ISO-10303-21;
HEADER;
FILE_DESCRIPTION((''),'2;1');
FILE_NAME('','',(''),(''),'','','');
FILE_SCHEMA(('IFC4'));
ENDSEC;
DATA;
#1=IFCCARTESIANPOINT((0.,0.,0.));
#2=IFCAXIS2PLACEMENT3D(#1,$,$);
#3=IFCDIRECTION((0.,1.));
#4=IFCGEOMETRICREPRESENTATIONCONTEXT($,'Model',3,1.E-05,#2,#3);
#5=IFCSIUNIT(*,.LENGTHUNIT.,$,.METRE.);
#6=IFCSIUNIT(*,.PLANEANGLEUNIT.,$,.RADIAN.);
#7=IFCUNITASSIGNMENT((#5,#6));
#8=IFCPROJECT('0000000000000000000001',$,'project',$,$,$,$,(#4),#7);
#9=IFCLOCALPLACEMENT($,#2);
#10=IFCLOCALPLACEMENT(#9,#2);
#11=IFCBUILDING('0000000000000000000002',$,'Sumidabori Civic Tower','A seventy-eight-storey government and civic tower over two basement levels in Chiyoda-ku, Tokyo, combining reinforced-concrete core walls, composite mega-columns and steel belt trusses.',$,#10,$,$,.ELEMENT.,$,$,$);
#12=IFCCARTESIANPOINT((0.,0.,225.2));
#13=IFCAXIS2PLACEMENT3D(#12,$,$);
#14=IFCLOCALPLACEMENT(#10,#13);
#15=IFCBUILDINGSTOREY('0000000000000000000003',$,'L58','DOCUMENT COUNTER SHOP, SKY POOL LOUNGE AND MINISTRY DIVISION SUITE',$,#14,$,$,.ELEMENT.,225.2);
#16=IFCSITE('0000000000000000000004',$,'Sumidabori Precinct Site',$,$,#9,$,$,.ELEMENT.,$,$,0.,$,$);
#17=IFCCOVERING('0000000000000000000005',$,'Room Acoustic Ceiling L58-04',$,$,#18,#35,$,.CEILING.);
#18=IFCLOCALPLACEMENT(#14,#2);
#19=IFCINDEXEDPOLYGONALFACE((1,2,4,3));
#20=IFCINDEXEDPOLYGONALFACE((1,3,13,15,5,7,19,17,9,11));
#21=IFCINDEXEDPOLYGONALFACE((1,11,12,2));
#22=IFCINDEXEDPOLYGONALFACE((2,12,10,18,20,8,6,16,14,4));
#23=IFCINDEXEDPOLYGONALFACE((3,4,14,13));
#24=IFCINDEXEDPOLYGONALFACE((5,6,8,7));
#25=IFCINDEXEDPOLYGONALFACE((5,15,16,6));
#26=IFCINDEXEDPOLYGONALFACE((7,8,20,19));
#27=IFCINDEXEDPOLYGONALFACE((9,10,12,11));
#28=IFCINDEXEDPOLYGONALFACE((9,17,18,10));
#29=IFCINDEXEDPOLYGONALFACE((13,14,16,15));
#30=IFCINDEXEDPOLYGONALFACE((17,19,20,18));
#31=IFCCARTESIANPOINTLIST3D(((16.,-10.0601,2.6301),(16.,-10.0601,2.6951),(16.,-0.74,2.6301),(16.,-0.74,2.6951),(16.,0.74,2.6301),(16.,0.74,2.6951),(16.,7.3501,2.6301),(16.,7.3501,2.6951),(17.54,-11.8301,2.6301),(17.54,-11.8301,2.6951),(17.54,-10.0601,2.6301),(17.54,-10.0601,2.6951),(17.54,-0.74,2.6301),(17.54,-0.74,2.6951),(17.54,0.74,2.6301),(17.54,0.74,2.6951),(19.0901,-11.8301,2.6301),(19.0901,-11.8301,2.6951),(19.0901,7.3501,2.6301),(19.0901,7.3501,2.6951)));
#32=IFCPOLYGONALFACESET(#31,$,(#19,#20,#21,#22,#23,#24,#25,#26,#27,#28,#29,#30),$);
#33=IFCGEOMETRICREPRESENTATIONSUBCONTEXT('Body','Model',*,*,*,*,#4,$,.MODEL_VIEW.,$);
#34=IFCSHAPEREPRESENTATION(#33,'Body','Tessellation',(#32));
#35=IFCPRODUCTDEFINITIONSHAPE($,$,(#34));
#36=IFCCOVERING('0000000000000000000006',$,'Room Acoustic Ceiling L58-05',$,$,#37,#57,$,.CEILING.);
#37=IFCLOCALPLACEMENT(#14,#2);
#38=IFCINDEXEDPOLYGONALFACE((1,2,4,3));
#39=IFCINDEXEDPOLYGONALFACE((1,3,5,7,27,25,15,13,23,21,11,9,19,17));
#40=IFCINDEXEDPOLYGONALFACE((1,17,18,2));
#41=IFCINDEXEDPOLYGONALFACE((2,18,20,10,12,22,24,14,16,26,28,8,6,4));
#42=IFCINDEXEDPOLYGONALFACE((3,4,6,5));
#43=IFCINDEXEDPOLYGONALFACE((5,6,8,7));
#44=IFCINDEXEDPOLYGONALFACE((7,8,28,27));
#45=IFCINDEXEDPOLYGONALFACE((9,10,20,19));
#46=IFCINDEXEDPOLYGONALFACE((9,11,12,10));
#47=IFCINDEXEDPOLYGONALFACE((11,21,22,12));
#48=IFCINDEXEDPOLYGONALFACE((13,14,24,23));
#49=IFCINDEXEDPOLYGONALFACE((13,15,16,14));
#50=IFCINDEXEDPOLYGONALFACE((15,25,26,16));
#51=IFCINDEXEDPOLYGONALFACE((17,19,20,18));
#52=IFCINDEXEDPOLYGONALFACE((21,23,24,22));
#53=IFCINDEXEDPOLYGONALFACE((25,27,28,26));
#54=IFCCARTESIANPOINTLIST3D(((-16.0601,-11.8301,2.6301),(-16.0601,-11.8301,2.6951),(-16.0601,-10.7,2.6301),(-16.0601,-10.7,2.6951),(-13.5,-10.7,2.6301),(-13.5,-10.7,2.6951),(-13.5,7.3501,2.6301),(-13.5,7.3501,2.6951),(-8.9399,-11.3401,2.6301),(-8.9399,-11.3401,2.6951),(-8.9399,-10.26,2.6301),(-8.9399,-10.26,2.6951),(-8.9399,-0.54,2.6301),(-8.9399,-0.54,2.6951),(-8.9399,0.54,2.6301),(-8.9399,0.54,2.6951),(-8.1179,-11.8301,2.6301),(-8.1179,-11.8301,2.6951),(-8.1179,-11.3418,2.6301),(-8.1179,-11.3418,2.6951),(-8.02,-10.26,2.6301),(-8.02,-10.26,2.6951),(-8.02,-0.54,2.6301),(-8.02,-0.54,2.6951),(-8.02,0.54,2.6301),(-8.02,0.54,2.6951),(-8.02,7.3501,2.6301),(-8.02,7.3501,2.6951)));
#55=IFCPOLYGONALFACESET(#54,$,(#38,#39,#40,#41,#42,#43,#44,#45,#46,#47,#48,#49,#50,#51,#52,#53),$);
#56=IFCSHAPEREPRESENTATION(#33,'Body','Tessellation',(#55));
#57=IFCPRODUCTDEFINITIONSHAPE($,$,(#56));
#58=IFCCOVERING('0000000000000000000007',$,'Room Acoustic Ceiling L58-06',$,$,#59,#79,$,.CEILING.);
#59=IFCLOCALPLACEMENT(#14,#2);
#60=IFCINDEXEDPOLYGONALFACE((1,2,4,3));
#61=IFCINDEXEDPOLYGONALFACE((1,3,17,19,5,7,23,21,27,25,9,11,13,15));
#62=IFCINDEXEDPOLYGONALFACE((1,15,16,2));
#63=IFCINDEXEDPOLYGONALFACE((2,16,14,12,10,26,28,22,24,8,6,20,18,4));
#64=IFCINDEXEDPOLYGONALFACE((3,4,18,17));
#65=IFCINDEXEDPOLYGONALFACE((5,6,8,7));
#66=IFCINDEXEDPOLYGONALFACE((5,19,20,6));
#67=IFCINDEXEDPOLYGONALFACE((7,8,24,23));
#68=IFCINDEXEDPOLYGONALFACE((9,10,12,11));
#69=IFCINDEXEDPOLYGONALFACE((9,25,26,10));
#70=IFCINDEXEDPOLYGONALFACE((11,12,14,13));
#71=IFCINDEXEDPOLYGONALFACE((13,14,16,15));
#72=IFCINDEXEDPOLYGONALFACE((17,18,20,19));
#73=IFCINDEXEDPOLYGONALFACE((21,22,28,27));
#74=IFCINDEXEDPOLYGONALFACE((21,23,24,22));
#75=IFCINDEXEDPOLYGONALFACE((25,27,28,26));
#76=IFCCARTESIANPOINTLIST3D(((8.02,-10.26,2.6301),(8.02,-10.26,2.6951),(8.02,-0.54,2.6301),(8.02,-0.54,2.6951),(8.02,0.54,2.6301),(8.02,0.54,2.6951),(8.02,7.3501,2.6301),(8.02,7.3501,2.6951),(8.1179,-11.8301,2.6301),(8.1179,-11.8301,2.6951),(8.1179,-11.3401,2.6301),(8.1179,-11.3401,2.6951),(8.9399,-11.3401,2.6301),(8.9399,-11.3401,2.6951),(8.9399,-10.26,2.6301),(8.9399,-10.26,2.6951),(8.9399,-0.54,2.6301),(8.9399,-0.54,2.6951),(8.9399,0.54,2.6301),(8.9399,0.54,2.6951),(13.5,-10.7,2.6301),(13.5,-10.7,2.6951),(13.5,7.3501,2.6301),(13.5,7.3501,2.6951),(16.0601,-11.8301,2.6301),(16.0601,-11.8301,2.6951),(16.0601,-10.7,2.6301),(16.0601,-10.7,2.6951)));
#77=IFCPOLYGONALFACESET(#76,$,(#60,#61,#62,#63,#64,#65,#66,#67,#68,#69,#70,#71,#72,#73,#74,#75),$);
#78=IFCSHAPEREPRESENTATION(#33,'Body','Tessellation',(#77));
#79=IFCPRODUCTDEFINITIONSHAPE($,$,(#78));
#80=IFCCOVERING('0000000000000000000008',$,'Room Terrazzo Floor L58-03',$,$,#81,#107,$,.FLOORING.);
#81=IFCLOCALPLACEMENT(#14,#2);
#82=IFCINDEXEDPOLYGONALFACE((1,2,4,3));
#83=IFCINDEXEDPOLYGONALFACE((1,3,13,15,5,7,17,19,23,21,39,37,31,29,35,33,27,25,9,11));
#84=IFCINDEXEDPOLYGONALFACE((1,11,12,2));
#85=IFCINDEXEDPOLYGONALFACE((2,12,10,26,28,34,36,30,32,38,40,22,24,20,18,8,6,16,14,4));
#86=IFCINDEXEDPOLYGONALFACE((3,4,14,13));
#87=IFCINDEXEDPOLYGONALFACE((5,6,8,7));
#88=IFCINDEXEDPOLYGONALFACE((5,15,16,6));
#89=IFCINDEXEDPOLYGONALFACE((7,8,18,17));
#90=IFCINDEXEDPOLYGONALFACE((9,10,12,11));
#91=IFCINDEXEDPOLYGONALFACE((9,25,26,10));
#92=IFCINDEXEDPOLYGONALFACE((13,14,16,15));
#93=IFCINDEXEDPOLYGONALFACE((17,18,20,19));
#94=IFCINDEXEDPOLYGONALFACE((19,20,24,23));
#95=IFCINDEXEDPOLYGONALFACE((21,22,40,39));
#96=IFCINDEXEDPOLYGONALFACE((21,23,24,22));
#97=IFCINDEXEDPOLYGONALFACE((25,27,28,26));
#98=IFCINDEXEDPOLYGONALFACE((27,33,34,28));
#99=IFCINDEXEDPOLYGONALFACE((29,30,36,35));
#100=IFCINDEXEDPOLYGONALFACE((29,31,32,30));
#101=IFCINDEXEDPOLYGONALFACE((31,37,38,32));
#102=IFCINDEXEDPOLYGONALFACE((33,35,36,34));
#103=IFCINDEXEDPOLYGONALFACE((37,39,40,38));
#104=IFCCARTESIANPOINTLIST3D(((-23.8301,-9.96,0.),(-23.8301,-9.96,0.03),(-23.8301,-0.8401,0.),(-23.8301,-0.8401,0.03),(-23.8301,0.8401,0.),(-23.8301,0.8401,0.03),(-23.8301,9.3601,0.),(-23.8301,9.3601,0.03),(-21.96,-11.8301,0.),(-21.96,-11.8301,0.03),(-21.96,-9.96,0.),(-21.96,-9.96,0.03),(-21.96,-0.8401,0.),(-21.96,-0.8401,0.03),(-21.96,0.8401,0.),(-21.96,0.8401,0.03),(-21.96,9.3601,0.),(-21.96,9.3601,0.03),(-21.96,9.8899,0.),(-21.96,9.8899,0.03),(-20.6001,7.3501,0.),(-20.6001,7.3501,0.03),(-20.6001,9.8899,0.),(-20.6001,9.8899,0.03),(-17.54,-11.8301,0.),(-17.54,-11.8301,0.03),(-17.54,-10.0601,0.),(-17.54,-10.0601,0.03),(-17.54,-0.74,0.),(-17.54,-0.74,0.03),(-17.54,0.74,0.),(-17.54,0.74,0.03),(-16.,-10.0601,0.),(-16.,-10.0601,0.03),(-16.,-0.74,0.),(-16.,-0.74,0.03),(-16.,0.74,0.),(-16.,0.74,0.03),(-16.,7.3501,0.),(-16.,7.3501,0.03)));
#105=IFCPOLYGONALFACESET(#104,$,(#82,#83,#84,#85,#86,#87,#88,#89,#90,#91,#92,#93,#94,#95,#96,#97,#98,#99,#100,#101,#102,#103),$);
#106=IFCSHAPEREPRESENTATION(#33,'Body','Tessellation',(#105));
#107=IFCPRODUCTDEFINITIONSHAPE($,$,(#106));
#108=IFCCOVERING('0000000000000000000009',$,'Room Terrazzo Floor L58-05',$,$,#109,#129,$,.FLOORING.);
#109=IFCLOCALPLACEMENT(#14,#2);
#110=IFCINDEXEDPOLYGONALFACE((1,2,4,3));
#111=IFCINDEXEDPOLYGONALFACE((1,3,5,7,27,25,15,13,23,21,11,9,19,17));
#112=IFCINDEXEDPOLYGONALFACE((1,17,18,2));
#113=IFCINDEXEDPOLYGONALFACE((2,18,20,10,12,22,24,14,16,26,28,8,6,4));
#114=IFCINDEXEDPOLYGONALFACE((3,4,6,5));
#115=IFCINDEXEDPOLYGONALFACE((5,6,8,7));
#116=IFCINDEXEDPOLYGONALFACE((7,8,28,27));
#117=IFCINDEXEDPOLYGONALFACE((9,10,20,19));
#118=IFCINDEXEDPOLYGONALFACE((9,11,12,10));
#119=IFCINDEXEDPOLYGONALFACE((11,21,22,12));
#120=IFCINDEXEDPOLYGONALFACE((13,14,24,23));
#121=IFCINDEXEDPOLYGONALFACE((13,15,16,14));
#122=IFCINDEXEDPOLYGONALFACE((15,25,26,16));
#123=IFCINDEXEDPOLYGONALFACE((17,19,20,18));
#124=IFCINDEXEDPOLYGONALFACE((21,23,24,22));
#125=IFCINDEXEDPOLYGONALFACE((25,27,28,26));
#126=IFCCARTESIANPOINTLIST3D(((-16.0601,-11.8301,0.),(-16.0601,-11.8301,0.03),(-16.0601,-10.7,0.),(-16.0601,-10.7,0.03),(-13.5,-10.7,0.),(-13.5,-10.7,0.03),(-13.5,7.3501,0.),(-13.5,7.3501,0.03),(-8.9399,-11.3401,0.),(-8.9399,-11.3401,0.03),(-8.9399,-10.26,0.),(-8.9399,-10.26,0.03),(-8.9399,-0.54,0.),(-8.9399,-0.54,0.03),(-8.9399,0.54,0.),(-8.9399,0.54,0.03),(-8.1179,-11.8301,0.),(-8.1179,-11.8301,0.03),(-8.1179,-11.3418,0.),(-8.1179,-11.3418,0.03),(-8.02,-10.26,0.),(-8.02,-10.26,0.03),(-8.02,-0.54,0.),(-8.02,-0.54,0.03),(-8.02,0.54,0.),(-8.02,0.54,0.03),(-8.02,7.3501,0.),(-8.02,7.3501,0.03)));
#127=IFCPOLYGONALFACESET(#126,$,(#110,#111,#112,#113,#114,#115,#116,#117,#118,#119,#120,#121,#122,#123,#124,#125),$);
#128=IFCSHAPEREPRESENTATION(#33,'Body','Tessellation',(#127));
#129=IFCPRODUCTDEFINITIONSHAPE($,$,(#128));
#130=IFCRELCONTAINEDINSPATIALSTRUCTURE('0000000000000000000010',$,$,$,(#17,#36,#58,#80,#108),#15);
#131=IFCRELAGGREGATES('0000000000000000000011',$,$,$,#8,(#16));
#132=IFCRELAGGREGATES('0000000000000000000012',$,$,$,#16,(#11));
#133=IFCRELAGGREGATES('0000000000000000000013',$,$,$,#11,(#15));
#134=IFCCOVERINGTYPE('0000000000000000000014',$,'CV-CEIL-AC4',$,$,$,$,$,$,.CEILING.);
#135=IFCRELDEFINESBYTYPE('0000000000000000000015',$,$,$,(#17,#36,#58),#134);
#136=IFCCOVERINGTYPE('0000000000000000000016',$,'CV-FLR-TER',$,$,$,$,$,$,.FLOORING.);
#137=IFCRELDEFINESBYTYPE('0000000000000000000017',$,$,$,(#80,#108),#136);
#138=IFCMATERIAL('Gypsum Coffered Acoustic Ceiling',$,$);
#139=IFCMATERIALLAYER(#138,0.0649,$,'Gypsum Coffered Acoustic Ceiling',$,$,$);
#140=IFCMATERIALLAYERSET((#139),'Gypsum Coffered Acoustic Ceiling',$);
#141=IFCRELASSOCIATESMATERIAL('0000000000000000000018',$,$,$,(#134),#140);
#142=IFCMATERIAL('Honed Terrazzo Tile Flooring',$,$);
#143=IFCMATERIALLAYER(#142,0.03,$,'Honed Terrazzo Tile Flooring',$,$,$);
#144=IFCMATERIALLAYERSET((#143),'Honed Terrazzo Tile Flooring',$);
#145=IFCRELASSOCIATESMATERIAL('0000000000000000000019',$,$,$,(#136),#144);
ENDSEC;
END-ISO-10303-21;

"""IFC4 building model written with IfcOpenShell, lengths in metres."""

from ifc_helpers import new_model, si_unit, direction, frame, origin, place, context, subcontext, project, spatial, polyline, outline, extrude, material, layer, layer_set, type_object, element, save


model = new_model("IFC4")

# Units and contexts
model_context = context("Model", 3, precision=1e-05, world=origin(), true_north=direction((0.0, 1.0)))
body_context = subcontext(model_context, "Body", "Model", "MODEL_VIEW")
ifc_project = project(units=[si_unit("LENGTHUNIT", "METRE"), si_unit("PLANEANGLEUNIT", "RADIAN")], contexts=[model_context])

# Site, building, storey
site_placement = place(None, origin())
site = spatial("IfcSite", under=ifc_project, at=site_placement, Name="Sumidabori Precinct Site", CompositionType="ELEMENT", RefElevation=0.0)
building_placement = place(site_placement, origin())
building = spatial("IfcBuilding", under=site, at=building_placement, Name="Sumidabori Civic Tower", Description="A seventy-eight-storey government and civic tower over two basement levels in Chiyoda-ku, Tokyo, combining reinforced-concrete core walls, composite mega-columns and steel belt trusses.", CompositionType="ELEMENT")
storey_placement = place(building_placement, frame((0.0, 0.0, 225.2)))
storey = spatial("IfcBuildingStorey", under=building, at=storey_placement, Name="L58", Description="DOCUMENT COUNTER SHOP, SKY POOL LOUNGE AND MINISTRY DIVISION SUITE", CompositionType="ELEMENT", Elevation=225.2)

# Coverings
ifc_material_1 = material(Name="Gypsum Coffered Acoustic Ceiling")
ifc_layer_1 = layer(ifc_material_1, 0.0649, Name="Gypsum Coffered Acoustic Ceiling")
ifc_layer_set_1 = layer_set([ifc_layer_1], Name="Gypsum Coffered Acoustic Ceiling")
covering_type_1 = type_object("IfcCoveringType", Name="CV-CEIL-AC4", PredefinedType="CEILING", material=ifc_layer_set_1)
covering_1_placement = place(storey_placement, frame((0.0, 0.0, 2.6301)))
element("IfcCovering", 1, at=covering_1_placement, inside=storey, type_object=covering_type_1, Name="Room Acoustic Ceiling L58-04", PredefinedType="CEILING", context=body_context, shape_type="SweptSolid", body=[
    extrude(outline(polyline([(17.54, -10.0601), (16.0, -10.0601), (16.0, -0.74), (17.54, -0.74), (17.54, 0.74), (16.0, 0.74), (16.0, 7.3501), (19.0901, 7.3501), (19.0901, -11.8301), (17.54, -11.8301), (17.54, -10.0601)])), origin(), (0.0, 0.0, 1.0), 0.0649),
])
covering_2_placement = place(storey_placement, frame((0.0, 0.0, 2.6301)))
element("IfcCovering", 2, at=covering_2_placement, inside=storey, type_object=covering_type_1, Name="Room Acoustic Ceiling L58-05", PredefinedType="CEILING", context=body_context, shape_type="SweptSolid", body=[
    extrude(outline(polyline([(-16.0601, -10.7), (-13.5, -10.7), (-13.5, 7.3501), (-8.02, 7.3501), (-8.02, 0.54), (-8.9399, 0.54), (-8.9399, -0.54), (-8.02, -0.54), (-8.02, -10.26), (-8.9399, -10.26), (-8.9399, -11.3401), (-8.1179, -11.3418), (-8.1179, -11.8301), (-16.0601, -11.8301), (-16.0601, -10.7)])), origin(), (0.0, 0.0, 1.0), 0.0649),
])
covering_3_placement = place(storey_placement, frame((0.0, 0.0, 2.6301)))
element("IfcCovering", 3, at=covering_3_placement, inside=storey, type_object=covering_type_1, Name="Room Acoustic Ceiling L58-06", PredefinedType="CEILING", context=body_context, shape_type="SweptSolid", body=[
    extrude(outline(polyline([(8.9399, -11.3401), (8.9399, -10.26), (8.02, -10.26), (8.02, -0.54), (8.9399, -0.54), (8.9399, 0.54), (8.02, 0.54), (8.02, 7.3501), (13.5, 7.3501), (13.5, -10.7), (16.0601, -10.7), (16.0601, -11.8301), (8.1179, -11.8301), (8.1179, -11.3401), (8.9399, -11.3401)])), origin(), (0.0, 0.0, 1.0), 0.0649),
])
ifc_material_2 = material(Name="Honed Terrazzo Tile Flooring")
ifc_layer_2 = layer(ifc_material_2, 0.03, Name="Honed Terrazzo Tile Flooring")
ifc_layer_set_2 = layer_set([ifc_layer_2], Name="Honed Terrazzo Tile Flooring")
covering_type_2 = type_object("IfcCoveringType", Name="CV-FLR-TER", PredefinedType="FLOORING", material=ifc_layer_set_2)
covering_4_placement = place(storey_placement, origin())
element("IfcCovering", 4, at=covering_4_placement, inside=storey, type_object=covering_type_2, Name="Room Terrazzo Floor L58-03", PredefinedType="FLOORING", context=body_context, shape_type="SweptSolid", body=[
    extrude(outline(polyline([(-23.8301, -0.8401), (-21.96, -0.8401), (-21.96, 0.8401), (-23.8301, 0.8401), (-23.8301, 9.3601), (-21.96, 9.3601), (-21.96, 9.8899), (-20.6001, 9.8899), (-20.6001, 7.3501), (-16.0, 7.3501), (-16.0, 0.74), (-17.54, 0.74), (-17.54, -0.74), (-16.0, -0.74), (-16.0, -10.0601), (-17.54, -10.0601), (-17.54, -11.8301), (-21.96, -11.8301), (-21.96, -9.96), (-23.8301, -9.96), (-23.8301, -0.8401)])), origin(), (0.0, 0.0, 1.0), 0.03),
])
covering_5_placement = place(storey_placement, origin())
element("IfcCovering", 5, at=covering_5_placement, inside=storey, type_object=covering_type_2, Name="Room Terrazzo Floor L58-05", PredefinedType="FLOORING", context=body_context, shape_type="SweptSolid", body=[
    extrude(outline(polyline([(-16.0601, -10.7), (-13.5, -10.7), (-13.5, 7.3501), (-8.02, 7.3501), (-8.02, 0.54), (-8.9399, 0.54), (-8.9399, -0.54), (-8.02, -0.54), (-8.02, -10.26), (-8.9399, -10.26), (-8.9399, -11.3401), (-8.1179, -11.3418), (-8.1179, -11.8301), (-16.0601, -11.8301), (-16.0601, -10.7)])), origin(), (0.0, 0.0, 1.0), 0.03),
])

save(model, "model.ifc")
